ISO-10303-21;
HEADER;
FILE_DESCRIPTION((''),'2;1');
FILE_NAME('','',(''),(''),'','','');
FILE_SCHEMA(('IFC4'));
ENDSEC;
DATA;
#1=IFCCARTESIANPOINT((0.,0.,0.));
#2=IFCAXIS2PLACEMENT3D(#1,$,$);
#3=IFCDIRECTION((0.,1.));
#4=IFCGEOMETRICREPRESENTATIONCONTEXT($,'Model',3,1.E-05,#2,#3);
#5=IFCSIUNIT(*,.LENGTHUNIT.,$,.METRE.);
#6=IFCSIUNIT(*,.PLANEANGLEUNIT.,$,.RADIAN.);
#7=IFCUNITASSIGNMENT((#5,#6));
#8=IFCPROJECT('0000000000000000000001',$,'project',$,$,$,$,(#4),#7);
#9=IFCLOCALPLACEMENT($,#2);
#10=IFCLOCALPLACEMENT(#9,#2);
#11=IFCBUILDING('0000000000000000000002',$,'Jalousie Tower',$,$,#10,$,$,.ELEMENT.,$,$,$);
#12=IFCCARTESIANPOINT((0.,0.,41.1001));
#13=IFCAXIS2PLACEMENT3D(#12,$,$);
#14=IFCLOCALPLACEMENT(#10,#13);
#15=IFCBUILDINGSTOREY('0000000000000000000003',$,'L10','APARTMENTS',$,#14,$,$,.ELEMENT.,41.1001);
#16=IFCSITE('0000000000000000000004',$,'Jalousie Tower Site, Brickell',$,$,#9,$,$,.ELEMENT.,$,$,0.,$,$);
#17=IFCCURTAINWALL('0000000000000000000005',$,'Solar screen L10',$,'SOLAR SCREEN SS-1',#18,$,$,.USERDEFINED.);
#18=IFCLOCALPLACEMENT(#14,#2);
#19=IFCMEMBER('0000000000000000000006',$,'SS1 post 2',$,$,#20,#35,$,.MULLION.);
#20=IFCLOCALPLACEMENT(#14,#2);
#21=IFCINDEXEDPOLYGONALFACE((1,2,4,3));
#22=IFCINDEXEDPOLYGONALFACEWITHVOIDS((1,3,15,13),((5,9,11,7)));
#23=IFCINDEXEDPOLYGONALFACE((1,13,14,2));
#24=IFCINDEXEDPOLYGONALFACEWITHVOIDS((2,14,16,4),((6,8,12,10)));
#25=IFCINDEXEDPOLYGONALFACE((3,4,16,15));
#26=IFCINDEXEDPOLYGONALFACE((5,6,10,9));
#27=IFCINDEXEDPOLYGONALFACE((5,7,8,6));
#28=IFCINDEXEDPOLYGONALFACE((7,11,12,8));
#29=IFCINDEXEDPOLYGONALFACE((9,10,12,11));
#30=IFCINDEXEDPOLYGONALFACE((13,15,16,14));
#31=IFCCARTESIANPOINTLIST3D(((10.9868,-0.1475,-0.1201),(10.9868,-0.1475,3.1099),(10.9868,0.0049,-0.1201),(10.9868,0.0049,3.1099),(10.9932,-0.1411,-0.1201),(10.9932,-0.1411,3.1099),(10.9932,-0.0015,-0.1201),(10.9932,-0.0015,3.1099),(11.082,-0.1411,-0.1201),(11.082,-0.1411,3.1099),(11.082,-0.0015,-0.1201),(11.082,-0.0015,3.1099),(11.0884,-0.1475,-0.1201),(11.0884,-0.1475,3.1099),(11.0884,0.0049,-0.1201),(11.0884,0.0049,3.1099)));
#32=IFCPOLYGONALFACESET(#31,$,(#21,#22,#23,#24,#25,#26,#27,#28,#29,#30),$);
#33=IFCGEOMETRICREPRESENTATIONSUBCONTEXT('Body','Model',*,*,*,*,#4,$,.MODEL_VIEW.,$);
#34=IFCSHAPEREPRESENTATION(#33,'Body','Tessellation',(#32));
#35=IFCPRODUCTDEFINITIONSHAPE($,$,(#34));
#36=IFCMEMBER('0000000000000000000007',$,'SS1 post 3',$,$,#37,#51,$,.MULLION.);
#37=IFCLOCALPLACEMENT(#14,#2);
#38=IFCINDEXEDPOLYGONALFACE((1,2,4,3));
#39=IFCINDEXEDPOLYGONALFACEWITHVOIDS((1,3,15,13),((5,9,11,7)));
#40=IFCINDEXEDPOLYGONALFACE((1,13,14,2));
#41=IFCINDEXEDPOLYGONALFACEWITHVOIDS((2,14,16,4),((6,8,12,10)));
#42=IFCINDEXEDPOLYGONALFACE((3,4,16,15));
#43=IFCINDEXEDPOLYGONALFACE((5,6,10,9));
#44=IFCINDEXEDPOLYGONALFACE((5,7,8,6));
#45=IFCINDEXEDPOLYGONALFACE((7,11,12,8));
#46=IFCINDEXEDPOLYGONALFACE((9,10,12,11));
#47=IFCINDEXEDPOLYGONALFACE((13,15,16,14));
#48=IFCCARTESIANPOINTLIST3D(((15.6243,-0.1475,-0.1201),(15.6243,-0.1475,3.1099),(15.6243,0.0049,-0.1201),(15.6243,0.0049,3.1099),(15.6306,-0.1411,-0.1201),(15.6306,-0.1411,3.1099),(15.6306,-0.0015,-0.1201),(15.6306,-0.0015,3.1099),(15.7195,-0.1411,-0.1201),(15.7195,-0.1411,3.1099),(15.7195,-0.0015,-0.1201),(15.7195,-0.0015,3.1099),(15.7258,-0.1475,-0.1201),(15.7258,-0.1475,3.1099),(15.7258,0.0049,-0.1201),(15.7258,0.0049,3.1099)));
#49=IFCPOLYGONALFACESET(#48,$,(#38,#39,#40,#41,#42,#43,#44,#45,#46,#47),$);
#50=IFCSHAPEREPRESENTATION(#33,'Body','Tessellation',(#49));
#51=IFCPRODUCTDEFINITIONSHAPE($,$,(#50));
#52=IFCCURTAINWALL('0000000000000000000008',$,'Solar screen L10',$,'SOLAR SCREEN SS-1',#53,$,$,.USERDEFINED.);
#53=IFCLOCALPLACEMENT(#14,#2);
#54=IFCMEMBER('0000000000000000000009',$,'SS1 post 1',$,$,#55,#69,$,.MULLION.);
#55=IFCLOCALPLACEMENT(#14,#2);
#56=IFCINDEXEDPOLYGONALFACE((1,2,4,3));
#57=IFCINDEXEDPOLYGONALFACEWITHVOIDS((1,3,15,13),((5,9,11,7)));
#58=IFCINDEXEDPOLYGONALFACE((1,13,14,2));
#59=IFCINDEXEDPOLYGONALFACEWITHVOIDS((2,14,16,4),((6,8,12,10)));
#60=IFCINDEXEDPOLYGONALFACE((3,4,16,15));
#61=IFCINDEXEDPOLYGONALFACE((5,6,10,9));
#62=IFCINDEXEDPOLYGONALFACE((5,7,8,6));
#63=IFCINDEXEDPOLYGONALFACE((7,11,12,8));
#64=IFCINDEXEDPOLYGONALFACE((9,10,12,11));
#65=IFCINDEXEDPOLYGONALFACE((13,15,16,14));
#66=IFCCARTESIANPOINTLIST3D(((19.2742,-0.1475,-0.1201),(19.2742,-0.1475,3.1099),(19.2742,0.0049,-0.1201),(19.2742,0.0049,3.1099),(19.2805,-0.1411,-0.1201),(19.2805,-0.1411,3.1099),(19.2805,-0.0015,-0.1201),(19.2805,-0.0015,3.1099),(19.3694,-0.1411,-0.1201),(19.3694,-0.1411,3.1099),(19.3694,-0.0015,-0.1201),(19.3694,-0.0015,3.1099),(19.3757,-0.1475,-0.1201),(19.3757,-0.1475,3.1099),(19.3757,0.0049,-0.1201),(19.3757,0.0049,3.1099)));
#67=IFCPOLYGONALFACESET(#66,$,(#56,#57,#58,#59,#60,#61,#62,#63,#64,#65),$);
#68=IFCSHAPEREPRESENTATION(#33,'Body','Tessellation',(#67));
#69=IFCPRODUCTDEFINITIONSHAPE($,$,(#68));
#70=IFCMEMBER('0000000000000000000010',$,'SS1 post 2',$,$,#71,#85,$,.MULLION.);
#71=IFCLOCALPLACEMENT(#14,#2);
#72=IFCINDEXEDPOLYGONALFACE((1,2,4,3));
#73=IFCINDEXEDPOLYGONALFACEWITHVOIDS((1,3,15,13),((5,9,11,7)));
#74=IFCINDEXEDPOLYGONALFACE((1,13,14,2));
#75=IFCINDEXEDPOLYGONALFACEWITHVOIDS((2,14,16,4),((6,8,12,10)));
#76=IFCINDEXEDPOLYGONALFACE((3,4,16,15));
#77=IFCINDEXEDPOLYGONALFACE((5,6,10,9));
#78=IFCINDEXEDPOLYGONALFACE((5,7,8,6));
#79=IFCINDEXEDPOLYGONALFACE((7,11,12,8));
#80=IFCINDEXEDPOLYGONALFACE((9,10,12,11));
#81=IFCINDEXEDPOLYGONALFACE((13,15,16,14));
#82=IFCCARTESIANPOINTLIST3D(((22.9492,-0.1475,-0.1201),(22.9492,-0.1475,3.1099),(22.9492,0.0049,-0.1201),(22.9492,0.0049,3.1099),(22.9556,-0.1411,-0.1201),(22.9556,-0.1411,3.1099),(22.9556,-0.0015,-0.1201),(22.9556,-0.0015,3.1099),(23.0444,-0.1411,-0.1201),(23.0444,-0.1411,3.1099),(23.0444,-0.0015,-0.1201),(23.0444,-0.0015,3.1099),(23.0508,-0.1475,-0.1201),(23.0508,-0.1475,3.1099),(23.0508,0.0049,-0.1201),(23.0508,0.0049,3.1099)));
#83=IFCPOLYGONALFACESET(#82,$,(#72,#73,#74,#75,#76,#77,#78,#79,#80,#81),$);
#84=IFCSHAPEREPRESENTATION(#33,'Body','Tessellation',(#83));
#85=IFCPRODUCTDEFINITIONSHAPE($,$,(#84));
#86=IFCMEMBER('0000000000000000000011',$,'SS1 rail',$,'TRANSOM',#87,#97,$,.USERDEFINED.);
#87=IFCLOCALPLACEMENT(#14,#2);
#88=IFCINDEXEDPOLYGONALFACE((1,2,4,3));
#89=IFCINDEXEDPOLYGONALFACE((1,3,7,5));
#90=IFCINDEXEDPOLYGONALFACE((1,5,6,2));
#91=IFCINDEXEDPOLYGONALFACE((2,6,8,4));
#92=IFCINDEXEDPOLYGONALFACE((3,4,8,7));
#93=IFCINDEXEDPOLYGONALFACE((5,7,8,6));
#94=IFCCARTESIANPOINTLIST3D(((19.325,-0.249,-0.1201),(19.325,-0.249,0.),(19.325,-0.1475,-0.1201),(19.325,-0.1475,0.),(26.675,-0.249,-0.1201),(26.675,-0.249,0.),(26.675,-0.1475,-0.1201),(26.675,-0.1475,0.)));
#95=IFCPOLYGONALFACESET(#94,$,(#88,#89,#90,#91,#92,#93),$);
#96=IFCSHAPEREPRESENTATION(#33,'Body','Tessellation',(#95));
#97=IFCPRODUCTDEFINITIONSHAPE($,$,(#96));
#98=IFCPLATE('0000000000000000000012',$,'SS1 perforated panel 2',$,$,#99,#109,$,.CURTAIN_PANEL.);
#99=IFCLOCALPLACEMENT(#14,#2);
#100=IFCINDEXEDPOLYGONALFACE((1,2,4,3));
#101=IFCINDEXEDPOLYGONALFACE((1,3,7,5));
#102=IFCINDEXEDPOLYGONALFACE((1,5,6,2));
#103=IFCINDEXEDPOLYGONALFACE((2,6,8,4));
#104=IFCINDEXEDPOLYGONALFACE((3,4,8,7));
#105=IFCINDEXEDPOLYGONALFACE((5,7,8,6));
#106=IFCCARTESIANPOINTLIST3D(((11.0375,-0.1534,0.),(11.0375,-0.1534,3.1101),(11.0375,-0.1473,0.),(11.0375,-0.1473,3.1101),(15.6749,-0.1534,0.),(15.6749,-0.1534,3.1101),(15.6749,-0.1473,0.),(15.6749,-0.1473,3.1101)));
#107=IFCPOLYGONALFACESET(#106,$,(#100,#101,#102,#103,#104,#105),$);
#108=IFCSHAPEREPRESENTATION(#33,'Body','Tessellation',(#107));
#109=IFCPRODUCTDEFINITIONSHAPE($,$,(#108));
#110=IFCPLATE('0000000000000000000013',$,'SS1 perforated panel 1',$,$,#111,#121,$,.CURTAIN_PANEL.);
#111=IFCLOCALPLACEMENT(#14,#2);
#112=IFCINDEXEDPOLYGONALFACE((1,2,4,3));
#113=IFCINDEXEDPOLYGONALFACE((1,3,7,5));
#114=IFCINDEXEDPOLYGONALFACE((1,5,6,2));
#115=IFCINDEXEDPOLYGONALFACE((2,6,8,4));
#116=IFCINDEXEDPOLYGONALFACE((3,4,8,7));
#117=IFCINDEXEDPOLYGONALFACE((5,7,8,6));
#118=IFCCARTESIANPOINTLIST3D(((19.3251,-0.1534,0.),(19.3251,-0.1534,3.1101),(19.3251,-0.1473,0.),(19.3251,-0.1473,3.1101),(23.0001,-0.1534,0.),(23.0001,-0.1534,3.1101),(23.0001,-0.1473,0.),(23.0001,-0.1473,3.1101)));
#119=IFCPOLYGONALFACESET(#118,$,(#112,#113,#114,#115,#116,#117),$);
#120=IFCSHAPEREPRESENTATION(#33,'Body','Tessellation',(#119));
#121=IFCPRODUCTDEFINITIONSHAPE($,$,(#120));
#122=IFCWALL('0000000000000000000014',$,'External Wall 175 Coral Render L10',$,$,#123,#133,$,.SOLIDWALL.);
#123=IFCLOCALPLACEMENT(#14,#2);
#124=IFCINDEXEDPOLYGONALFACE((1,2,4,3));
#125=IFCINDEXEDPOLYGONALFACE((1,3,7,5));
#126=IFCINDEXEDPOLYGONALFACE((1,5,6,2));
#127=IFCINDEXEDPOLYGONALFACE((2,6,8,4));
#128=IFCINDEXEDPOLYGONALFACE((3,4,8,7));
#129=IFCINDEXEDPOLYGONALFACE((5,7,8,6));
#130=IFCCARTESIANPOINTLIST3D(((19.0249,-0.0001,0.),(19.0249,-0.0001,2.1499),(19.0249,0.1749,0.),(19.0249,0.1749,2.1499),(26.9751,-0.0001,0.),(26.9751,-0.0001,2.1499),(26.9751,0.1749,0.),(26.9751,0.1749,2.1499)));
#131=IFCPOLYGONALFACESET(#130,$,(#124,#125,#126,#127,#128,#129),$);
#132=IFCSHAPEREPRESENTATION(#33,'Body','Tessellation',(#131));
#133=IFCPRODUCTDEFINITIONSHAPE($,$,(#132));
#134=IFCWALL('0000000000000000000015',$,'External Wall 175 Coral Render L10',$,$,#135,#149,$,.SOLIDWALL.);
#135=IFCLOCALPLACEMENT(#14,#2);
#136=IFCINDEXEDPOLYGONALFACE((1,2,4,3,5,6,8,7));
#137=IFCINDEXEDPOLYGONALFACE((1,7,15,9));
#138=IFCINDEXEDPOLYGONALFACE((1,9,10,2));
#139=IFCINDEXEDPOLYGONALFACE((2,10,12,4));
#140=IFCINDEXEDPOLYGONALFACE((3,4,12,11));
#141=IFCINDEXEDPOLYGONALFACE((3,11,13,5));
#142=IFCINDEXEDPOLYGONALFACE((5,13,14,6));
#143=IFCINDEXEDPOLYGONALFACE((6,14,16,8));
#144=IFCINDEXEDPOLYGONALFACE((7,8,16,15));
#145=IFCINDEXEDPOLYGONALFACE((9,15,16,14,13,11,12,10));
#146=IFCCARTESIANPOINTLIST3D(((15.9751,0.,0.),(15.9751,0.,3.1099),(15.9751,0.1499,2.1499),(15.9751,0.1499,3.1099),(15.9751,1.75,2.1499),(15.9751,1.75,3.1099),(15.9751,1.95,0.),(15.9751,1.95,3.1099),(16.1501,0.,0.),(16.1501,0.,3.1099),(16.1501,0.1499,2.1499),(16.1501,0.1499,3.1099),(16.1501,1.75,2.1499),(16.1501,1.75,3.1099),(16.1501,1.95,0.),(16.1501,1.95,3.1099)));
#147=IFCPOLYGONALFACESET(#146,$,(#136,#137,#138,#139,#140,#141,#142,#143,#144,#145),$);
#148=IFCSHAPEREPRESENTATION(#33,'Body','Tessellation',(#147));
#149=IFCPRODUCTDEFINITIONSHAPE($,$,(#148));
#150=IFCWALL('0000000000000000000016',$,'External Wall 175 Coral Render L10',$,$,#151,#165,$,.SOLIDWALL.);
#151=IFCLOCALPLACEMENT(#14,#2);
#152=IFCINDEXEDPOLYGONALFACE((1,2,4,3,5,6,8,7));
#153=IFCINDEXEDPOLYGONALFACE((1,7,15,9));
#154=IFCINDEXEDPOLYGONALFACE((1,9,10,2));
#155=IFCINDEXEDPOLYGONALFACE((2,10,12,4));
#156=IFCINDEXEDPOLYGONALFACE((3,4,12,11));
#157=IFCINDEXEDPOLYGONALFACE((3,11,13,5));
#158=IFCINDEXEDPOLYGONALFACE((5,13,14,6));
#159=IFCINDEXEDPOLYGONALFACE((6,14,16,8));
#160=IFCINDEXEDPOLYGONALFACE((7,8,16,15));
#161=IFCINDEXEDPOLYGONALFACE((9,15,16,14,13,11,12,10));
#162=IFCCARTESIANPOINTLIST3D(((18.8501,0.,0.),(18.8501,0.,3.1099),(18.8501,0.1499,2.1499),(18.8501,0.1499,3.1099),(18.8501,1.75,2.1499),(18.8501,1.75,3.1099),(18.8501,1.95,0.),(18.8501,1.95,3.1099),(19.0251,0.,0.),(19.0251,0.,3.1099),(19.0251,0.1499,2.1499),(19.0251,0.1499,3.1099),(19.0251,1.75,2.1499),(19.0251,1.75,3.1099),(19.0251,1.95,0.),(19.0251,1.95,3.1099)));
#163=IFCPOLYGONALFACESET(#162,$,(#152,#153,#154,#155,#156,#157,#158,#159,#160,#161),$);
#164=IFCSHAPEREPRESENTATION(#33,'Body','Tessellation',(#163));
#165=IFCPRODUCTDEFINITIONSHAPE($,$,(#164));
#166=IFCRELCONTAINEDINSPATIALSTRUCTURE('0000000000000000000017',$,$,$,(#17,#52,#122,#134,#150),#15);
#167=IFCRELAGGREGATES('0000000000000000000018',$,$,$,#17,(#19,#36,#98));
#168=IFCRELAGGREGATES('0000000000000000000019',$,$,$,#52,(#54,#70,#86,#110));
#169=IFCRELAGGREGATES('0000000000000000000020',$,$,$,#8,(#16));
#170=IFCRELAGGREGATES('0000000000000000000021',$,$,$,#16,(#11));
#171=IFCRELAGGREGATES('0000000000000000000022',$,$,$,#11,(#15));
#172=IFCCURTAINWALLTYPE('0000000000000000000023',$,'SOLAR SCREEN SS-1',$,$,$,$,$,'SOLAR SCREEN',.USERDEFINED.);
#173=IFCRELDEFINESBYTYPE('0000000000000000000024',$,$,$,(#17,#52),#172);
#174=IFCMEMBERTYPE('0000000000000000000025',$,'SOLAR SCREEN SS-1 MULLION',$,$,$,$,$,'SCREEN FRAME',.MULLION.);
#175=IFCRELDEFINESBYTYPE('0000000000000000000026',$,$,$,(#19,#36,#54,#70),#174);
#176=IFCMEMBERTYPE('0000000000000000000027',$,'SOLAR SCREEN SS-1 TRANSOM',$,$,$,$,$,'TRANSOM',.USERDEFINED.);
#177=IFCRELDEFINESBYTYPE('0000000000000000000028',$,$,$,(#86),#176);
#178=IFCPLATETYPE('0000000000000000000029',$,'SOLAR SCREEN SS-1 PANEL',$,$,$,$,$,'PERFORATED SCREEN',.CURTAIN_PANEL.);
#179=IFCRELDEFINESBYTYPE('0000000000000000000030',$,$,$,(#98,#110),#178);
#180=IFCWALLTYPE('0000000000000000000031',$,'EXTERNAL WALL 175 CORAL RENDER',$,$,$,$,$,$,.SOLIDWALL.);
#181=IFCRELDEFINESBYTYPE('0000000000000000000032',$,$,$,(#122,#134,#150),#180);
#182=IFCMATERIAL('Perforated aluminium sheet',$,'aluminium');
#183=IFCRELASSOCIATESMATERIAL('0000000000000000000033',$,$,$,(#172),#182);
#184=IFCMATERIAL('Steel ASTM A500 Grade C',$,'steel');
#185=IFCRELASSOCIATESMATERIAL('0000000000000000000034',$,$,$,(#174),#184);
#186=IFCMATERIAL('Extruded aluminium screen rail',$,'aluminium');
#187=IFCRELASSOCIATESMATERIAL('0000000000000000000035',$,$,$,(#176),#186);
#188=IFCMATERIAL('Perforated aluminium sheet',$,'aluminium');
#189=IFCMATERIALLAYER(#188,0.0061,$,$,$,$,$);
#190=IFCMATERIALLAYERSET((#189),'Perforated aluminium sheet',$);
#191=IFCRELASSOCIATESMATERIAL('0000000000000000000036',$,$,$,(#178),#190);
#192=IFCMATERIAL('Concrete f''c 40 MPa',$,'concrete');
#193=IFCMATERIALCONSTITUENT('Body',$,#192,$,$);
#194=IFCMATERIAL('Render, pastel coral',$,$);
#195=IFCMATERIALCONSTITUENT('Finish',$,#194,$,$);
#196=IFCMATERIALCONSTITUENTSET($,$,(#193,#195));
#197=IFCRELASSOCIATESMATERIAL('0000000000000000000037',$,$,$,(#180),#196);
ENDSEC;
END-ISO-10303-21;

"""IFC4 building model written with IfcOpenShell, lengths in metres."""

from ifc_helpers import new_model, si_unit, direction, frame, frame_2d, origin, origin_2d, place, context, subcontext, project, spatial, polyline, rectangle, hollow_rectangle, outline, extrude, material, layer, layer_set, constituent, constituent_set, material_profile, profile_set, type_object, element, aggregate, save


model = new_model("IFC4")

# Units and contexts
model_context = context("Model", 3, precision=1e-05, world=origin(), true_north=direction((0.0, 1.0)))
body_context = subcontext(model_context, "Body", "Model", "MODEL_VIEW")
ifc_project = project(units=[si_unit("LENGTHUNIT", "METRE"), si_unit("PLANEANGLEUNIT", "RADIAN")], contexts=[model_context])

# Site, building, storey
site_placement = place(None, origin())
site = spatial("IfcSite", under=ifc_project, at=site_placement, Name="Jalousie Tower Site, Brickell", CompositionType="ELEMENT", RefElevation=0.0)
building_placement = place(site_placement, origin())
building = spatial("IfcBuilding", under=site, at=building_placement, Name="Jalousie Tower", CompositionType="ELEMENT")
storey_placement = place(building_placement, frame((0.0, 0.0, 41.1001)))
storey = spatial("IfcBuildingStorey", under=building, at=storey_placement, Name="L10", Description="APARTMENTS", CompositionType="ELEMENT", Elevation=41.1001)

# Curtain walls, members
ifc_material_1 = material(Name="Perforated aluminium sheet", Category="aluminium")
curtain_wall_type = type_object("IfcCurtainWallType", Name="SOLAR SCREEN SS-1", ElementType="SOLAR SCREEN", PredefinedType="USERDEFINED", material=ifc_material_1)
curtain_wall_1_placement = place(storey_placement, origin())
curtain_wall_1 = element("IfcCurtainWall", 1, at=curtain_wall_1_placement, inside=storey, type_object=curtain_wall_type, Name="Solar screen L10", ObjectType="SOLAR SCREEN SS-1", PredefinedType="USERDEFINED")
ifc_material_2 = material(Name="Steel ASTM A500 Grade C", Category="steel")
ifc_material_profile_1 = material_profile(ifc_material_2, hollow_rectangle(XDim=0.1016, YDim=0.1523, WallThickness=0.0063, at=origin_2d()), Name="HSS6X4X1/4")
ifc_profile_set_1 = profile_set([ifc_material_profile_1], Name="Steel ASTM A500 Grade C")
member_type_1 = type_object("IfcMemberType", Name="SOLAR SCREEN SS-1 MULLION", ElementType="SCREEN FRAME", PredefinedType="MULLION", material=ifc_profile_set_1)
member_1_placement = place(storey_placement, frame((11.0376, -0.0713, -0.1201), z_axis=(0.0, 0.0, 1.0), x_axis=(1.0, 0.0, 0.0)))
member_1 = element("IfcMember", 2, at=member_1_placement, type_object=member_type_1, Name="SS1 post 2", PredefinedType="MULLION", context=body_context, shape_type="SweptSolid", body=[
    extrude(hollow_rectangle(XDim=0.1016, YDim=0.1523, WallThickness=0.0063, at=origin_2d()), origin(), (0.0, 0.0, 1.0), 3.23),
])
member_2_placement = place(storey_placement, frame((15.675, -0.0713, -0.1201), z_axis=(0.0, 0.0, 1.0), x_axis=(1.0, 0.0, 0.0)))
member_2 = element("IfcMember", 3, at=member_2_placement, type_object=member_type_1, Name="SS1 post 3", PredefinedType="MULLION", context=body_context, shape_type="SweptSolid", body=[
    extrude(hollow_rectangle(XDim=0.1016, YDim=0.1523, WallThickness=0.0063, at=origin_2d()), origin(), (0.0, 0.0, 1.0), 3.23),
])
curtain_wall_2_placement = place(storey_placement, origin())
curtain_wall_2 = element("IfcCurtainWall", 4, at=curtain_wall_2_placement, inside=storey, type_object=curtain_wall_type, Name="Solar screen L10", ObjectType="SOLAR SCREEN SS-1", PredefinedType="USERDEFINED")
member_3_placement = place(storey_placement, frame((19.325, -0.0713, -0.1201), z_axis=(0.0, 0.0, 1.0), x_axis=(1.0, 0.0, 0.0)))
member_3 = element("IfcMember", 5, at=member_3_placement, type_object=member_type_1, Name="SS1 post 1", PredefinedType="MULLION", context=body_context, shape_type="SweptSolid", body=[
    extrude(hollow_rectangle(XDim=0.1016, YDim=0.1523, WallThickness=0.0063, at=origin_2d()), origin(), (0.0, 0.0, 1.0), 3.23),
])
member_4_placement = place(storey_placement, frame((23.0, -0.0713, -0.1201), z_axis=(0.0, 0.0, 1.0), x_axis=(1.0, 0.0, 0.0)))
member_4 = element("IfcMember", 6, at=member_4_placement, type_object=member_type_1, Name="SS1 post 2", PredefinedType="MULLION", context=body_context, shape_type="SweptSolid", body=[
    extrude(hollow_rectangle(XDim=0.1016, YDim=0.1523, WallThickness=0.0063, at=origin_2d()), origin(), (0.0, 0.0, 1.0), 3.23),
])
ifc_material_3 = material(Name="Extruded aluminium screen rail", Category="aluminium")
ifc_material_profile_2 = material_profile(ifc_material_3, rectangle(XDim=0.1016, YDim=0.1201, at=origin_2d()), Name="RAIL 102x120")
ifc_profile_set_2 = profile_set([ifc_material_profile_2], Name="Extruded aluminium screen rail")
member_type_2 = type_object("IfcMemberType", Name="SOLAR SCREEN SS-1 TRANSOM", ElementType="TRANSOM", PredefinedType="USERDEFINED", material=ifc_profile_set_2)
member_5_placement = place(storey_placement, frame((19.325, -0.1982, -0.0601), z_axis=(1.0, 0.0, 0.0), x_axis=(0.0, 1.0, 0.0)))
member_5 = element("IfcMember", 7, at=member_5_placement, type_object=member_type_2, Name="SS1 rail", ObjectType="TRANSOM", PredefinedType="USERDEFINED", context=body_context, shape_type="SweptSolid", body=[
    extrude(rectangle(XDim=0.1016, YDim=0.1201, at=origin_2d()), origin(), (0.0, 0.0, 1.0), 7.3501),
])

# Plates
ifc_material_4 = material(Name="Perforated aluminium sheet", Category="aluminium")
ifc_layer_1 = layer(ifc_material_4, 0.0061)
ifc_layer_set_1 = layer_set([ifc_layer_1], Name="Perforated aluminium sheet")
plate_type = type_object("IfcPlateType", Name="SOLAR SCREEN SS-1 PANEL", ElementType="PERFORATED SCREEN", PredefinedType="CURTAIN_PANEL", material=ifc_layer_set_1)
plate_1_placement = place(storey_placement, frame((13.3562, -0.1504, 0.0), z_axis=(0.0, 0.0, 1.0), x_axis=(1.0, 0.0, 0.0)))
plate_1 = element("IfcPlate", 8, at=plate_1_placement, type_object=plate_type, Name="SS1 perforated panel 2", PredefinedType="CURTAIN_PANEL", context=body_context, shape_type="SweptSolid", body=[
    extrude(rectangle(XDim=4.6375, YDim=0.0061, at=origin_2d()), origin(), (0.0, 0.0, 1.0), 3.1101),
])
aggregate(curtain_wall_1, [member_1, member_2, plate_1])
plate_2_placement = place(storey_placement, frame((21.1626, -0.1504, 0.0), z_axis=(0.0, 0.0, 1.0), x_axis=(1.0, 0.0, 0.0)))
plate_2 = element("IfcPlate", 9, at=plate_2_placement, type_object=plate_type, Name="SS1 perforated panel 1", PredefinedType="CURTAIN_PANEL", context=body_context, shape_type="SweptSolid", body=[
    extrude(rectangle(XDim=3.675, YDim=0.0061, at=origin_2d()), origin(), (0.0, 0.0, 1.0), 3.1101),
])
aggregate(curtain_wall_2, [member_3, member_4, member_5, plate_2])

# Walls
ifc_material_5 = material(Name="Concrete f'c 40 MPa", Category="concrete")
ifc_constituent_1 = constituent(ifc_material_5, Name="Body")
ifc_material_6 = material(Name="Render, pastel coral")
ifc_constituent_2 = constituent(ifc_material_6, Name="Finish")
ifc_constituent_set_1 = constituent_set(constituents=[ifc_constituent_1, ifc_constituent_2])
wall_type_1 = type_object("IfcWallType", Name="EXTERNAL WALL 175 CORAL RENDER", PredefinedType="SOLIDWALL", material=ifc_constituent_set_1)
wall_1_placement = place(storey_placement, frame((19.0249, 0.0874, 0.0), z_axis=(0.0, 0.0, 1.0), x_axis=(1.0, 0.0, 0.0)))
element("IfcWall", 10, at=wall_1_placement, inside=storey, type_object=wall_type_1, Name="External Wall 175 Coral Render L10", PredefinedType="SOLIDWALL", context=body_context, shape_type="SweptSolid", body=[
    extrude(rectangle(XDim=7.9502, YDim=0.175, at=frame_2d((3.9751, 0.0))), origin(), (0.0, 0.0, 1.0), 2.1499),
])
for number, where, z_axis, x_axis, name in (
    (11, (16.0625, 0.0, 0.0), (0.0, 0.0, 1.0), (0.0, 1.0, 0.0), "External Wall 175 Coral Render L10"),
    (12, (18.9375, 0.0, 0.0), (0.0, 0.0, 1.0), (0.0, 1.0, 0.0), "External Wall 175 Coral Render L10"),
):
    element("IfcWall", number, at=place(storey_placement, frame(where, z_axis=z_axis, x_axis=x_axis)), inside=storey, type_object=wall_type_1, Name=name, PredefinedType="SOLIDWALL", context=body_context, shape_type="SweptSolid", body=[
        extrude(outline(polyline([(0.0, 0.0), (1.95, 0.0), (1.95, 3.1099), (1.75, 3.1099), (1.75, 2.1499), (0.1499, 2.1499), (0.1499, 3.1099), (0.0, 3.1099), (0.0, 0.0)])), frame((0.0, 0.0874, 0.0), z_axis=(0.0, -1.0, 0.0), x_axis=(1.0, 0.0, 0.0)), (0.0, 0.0, 1.0), 0.175),
    ])

save(model, "model.ifc")
